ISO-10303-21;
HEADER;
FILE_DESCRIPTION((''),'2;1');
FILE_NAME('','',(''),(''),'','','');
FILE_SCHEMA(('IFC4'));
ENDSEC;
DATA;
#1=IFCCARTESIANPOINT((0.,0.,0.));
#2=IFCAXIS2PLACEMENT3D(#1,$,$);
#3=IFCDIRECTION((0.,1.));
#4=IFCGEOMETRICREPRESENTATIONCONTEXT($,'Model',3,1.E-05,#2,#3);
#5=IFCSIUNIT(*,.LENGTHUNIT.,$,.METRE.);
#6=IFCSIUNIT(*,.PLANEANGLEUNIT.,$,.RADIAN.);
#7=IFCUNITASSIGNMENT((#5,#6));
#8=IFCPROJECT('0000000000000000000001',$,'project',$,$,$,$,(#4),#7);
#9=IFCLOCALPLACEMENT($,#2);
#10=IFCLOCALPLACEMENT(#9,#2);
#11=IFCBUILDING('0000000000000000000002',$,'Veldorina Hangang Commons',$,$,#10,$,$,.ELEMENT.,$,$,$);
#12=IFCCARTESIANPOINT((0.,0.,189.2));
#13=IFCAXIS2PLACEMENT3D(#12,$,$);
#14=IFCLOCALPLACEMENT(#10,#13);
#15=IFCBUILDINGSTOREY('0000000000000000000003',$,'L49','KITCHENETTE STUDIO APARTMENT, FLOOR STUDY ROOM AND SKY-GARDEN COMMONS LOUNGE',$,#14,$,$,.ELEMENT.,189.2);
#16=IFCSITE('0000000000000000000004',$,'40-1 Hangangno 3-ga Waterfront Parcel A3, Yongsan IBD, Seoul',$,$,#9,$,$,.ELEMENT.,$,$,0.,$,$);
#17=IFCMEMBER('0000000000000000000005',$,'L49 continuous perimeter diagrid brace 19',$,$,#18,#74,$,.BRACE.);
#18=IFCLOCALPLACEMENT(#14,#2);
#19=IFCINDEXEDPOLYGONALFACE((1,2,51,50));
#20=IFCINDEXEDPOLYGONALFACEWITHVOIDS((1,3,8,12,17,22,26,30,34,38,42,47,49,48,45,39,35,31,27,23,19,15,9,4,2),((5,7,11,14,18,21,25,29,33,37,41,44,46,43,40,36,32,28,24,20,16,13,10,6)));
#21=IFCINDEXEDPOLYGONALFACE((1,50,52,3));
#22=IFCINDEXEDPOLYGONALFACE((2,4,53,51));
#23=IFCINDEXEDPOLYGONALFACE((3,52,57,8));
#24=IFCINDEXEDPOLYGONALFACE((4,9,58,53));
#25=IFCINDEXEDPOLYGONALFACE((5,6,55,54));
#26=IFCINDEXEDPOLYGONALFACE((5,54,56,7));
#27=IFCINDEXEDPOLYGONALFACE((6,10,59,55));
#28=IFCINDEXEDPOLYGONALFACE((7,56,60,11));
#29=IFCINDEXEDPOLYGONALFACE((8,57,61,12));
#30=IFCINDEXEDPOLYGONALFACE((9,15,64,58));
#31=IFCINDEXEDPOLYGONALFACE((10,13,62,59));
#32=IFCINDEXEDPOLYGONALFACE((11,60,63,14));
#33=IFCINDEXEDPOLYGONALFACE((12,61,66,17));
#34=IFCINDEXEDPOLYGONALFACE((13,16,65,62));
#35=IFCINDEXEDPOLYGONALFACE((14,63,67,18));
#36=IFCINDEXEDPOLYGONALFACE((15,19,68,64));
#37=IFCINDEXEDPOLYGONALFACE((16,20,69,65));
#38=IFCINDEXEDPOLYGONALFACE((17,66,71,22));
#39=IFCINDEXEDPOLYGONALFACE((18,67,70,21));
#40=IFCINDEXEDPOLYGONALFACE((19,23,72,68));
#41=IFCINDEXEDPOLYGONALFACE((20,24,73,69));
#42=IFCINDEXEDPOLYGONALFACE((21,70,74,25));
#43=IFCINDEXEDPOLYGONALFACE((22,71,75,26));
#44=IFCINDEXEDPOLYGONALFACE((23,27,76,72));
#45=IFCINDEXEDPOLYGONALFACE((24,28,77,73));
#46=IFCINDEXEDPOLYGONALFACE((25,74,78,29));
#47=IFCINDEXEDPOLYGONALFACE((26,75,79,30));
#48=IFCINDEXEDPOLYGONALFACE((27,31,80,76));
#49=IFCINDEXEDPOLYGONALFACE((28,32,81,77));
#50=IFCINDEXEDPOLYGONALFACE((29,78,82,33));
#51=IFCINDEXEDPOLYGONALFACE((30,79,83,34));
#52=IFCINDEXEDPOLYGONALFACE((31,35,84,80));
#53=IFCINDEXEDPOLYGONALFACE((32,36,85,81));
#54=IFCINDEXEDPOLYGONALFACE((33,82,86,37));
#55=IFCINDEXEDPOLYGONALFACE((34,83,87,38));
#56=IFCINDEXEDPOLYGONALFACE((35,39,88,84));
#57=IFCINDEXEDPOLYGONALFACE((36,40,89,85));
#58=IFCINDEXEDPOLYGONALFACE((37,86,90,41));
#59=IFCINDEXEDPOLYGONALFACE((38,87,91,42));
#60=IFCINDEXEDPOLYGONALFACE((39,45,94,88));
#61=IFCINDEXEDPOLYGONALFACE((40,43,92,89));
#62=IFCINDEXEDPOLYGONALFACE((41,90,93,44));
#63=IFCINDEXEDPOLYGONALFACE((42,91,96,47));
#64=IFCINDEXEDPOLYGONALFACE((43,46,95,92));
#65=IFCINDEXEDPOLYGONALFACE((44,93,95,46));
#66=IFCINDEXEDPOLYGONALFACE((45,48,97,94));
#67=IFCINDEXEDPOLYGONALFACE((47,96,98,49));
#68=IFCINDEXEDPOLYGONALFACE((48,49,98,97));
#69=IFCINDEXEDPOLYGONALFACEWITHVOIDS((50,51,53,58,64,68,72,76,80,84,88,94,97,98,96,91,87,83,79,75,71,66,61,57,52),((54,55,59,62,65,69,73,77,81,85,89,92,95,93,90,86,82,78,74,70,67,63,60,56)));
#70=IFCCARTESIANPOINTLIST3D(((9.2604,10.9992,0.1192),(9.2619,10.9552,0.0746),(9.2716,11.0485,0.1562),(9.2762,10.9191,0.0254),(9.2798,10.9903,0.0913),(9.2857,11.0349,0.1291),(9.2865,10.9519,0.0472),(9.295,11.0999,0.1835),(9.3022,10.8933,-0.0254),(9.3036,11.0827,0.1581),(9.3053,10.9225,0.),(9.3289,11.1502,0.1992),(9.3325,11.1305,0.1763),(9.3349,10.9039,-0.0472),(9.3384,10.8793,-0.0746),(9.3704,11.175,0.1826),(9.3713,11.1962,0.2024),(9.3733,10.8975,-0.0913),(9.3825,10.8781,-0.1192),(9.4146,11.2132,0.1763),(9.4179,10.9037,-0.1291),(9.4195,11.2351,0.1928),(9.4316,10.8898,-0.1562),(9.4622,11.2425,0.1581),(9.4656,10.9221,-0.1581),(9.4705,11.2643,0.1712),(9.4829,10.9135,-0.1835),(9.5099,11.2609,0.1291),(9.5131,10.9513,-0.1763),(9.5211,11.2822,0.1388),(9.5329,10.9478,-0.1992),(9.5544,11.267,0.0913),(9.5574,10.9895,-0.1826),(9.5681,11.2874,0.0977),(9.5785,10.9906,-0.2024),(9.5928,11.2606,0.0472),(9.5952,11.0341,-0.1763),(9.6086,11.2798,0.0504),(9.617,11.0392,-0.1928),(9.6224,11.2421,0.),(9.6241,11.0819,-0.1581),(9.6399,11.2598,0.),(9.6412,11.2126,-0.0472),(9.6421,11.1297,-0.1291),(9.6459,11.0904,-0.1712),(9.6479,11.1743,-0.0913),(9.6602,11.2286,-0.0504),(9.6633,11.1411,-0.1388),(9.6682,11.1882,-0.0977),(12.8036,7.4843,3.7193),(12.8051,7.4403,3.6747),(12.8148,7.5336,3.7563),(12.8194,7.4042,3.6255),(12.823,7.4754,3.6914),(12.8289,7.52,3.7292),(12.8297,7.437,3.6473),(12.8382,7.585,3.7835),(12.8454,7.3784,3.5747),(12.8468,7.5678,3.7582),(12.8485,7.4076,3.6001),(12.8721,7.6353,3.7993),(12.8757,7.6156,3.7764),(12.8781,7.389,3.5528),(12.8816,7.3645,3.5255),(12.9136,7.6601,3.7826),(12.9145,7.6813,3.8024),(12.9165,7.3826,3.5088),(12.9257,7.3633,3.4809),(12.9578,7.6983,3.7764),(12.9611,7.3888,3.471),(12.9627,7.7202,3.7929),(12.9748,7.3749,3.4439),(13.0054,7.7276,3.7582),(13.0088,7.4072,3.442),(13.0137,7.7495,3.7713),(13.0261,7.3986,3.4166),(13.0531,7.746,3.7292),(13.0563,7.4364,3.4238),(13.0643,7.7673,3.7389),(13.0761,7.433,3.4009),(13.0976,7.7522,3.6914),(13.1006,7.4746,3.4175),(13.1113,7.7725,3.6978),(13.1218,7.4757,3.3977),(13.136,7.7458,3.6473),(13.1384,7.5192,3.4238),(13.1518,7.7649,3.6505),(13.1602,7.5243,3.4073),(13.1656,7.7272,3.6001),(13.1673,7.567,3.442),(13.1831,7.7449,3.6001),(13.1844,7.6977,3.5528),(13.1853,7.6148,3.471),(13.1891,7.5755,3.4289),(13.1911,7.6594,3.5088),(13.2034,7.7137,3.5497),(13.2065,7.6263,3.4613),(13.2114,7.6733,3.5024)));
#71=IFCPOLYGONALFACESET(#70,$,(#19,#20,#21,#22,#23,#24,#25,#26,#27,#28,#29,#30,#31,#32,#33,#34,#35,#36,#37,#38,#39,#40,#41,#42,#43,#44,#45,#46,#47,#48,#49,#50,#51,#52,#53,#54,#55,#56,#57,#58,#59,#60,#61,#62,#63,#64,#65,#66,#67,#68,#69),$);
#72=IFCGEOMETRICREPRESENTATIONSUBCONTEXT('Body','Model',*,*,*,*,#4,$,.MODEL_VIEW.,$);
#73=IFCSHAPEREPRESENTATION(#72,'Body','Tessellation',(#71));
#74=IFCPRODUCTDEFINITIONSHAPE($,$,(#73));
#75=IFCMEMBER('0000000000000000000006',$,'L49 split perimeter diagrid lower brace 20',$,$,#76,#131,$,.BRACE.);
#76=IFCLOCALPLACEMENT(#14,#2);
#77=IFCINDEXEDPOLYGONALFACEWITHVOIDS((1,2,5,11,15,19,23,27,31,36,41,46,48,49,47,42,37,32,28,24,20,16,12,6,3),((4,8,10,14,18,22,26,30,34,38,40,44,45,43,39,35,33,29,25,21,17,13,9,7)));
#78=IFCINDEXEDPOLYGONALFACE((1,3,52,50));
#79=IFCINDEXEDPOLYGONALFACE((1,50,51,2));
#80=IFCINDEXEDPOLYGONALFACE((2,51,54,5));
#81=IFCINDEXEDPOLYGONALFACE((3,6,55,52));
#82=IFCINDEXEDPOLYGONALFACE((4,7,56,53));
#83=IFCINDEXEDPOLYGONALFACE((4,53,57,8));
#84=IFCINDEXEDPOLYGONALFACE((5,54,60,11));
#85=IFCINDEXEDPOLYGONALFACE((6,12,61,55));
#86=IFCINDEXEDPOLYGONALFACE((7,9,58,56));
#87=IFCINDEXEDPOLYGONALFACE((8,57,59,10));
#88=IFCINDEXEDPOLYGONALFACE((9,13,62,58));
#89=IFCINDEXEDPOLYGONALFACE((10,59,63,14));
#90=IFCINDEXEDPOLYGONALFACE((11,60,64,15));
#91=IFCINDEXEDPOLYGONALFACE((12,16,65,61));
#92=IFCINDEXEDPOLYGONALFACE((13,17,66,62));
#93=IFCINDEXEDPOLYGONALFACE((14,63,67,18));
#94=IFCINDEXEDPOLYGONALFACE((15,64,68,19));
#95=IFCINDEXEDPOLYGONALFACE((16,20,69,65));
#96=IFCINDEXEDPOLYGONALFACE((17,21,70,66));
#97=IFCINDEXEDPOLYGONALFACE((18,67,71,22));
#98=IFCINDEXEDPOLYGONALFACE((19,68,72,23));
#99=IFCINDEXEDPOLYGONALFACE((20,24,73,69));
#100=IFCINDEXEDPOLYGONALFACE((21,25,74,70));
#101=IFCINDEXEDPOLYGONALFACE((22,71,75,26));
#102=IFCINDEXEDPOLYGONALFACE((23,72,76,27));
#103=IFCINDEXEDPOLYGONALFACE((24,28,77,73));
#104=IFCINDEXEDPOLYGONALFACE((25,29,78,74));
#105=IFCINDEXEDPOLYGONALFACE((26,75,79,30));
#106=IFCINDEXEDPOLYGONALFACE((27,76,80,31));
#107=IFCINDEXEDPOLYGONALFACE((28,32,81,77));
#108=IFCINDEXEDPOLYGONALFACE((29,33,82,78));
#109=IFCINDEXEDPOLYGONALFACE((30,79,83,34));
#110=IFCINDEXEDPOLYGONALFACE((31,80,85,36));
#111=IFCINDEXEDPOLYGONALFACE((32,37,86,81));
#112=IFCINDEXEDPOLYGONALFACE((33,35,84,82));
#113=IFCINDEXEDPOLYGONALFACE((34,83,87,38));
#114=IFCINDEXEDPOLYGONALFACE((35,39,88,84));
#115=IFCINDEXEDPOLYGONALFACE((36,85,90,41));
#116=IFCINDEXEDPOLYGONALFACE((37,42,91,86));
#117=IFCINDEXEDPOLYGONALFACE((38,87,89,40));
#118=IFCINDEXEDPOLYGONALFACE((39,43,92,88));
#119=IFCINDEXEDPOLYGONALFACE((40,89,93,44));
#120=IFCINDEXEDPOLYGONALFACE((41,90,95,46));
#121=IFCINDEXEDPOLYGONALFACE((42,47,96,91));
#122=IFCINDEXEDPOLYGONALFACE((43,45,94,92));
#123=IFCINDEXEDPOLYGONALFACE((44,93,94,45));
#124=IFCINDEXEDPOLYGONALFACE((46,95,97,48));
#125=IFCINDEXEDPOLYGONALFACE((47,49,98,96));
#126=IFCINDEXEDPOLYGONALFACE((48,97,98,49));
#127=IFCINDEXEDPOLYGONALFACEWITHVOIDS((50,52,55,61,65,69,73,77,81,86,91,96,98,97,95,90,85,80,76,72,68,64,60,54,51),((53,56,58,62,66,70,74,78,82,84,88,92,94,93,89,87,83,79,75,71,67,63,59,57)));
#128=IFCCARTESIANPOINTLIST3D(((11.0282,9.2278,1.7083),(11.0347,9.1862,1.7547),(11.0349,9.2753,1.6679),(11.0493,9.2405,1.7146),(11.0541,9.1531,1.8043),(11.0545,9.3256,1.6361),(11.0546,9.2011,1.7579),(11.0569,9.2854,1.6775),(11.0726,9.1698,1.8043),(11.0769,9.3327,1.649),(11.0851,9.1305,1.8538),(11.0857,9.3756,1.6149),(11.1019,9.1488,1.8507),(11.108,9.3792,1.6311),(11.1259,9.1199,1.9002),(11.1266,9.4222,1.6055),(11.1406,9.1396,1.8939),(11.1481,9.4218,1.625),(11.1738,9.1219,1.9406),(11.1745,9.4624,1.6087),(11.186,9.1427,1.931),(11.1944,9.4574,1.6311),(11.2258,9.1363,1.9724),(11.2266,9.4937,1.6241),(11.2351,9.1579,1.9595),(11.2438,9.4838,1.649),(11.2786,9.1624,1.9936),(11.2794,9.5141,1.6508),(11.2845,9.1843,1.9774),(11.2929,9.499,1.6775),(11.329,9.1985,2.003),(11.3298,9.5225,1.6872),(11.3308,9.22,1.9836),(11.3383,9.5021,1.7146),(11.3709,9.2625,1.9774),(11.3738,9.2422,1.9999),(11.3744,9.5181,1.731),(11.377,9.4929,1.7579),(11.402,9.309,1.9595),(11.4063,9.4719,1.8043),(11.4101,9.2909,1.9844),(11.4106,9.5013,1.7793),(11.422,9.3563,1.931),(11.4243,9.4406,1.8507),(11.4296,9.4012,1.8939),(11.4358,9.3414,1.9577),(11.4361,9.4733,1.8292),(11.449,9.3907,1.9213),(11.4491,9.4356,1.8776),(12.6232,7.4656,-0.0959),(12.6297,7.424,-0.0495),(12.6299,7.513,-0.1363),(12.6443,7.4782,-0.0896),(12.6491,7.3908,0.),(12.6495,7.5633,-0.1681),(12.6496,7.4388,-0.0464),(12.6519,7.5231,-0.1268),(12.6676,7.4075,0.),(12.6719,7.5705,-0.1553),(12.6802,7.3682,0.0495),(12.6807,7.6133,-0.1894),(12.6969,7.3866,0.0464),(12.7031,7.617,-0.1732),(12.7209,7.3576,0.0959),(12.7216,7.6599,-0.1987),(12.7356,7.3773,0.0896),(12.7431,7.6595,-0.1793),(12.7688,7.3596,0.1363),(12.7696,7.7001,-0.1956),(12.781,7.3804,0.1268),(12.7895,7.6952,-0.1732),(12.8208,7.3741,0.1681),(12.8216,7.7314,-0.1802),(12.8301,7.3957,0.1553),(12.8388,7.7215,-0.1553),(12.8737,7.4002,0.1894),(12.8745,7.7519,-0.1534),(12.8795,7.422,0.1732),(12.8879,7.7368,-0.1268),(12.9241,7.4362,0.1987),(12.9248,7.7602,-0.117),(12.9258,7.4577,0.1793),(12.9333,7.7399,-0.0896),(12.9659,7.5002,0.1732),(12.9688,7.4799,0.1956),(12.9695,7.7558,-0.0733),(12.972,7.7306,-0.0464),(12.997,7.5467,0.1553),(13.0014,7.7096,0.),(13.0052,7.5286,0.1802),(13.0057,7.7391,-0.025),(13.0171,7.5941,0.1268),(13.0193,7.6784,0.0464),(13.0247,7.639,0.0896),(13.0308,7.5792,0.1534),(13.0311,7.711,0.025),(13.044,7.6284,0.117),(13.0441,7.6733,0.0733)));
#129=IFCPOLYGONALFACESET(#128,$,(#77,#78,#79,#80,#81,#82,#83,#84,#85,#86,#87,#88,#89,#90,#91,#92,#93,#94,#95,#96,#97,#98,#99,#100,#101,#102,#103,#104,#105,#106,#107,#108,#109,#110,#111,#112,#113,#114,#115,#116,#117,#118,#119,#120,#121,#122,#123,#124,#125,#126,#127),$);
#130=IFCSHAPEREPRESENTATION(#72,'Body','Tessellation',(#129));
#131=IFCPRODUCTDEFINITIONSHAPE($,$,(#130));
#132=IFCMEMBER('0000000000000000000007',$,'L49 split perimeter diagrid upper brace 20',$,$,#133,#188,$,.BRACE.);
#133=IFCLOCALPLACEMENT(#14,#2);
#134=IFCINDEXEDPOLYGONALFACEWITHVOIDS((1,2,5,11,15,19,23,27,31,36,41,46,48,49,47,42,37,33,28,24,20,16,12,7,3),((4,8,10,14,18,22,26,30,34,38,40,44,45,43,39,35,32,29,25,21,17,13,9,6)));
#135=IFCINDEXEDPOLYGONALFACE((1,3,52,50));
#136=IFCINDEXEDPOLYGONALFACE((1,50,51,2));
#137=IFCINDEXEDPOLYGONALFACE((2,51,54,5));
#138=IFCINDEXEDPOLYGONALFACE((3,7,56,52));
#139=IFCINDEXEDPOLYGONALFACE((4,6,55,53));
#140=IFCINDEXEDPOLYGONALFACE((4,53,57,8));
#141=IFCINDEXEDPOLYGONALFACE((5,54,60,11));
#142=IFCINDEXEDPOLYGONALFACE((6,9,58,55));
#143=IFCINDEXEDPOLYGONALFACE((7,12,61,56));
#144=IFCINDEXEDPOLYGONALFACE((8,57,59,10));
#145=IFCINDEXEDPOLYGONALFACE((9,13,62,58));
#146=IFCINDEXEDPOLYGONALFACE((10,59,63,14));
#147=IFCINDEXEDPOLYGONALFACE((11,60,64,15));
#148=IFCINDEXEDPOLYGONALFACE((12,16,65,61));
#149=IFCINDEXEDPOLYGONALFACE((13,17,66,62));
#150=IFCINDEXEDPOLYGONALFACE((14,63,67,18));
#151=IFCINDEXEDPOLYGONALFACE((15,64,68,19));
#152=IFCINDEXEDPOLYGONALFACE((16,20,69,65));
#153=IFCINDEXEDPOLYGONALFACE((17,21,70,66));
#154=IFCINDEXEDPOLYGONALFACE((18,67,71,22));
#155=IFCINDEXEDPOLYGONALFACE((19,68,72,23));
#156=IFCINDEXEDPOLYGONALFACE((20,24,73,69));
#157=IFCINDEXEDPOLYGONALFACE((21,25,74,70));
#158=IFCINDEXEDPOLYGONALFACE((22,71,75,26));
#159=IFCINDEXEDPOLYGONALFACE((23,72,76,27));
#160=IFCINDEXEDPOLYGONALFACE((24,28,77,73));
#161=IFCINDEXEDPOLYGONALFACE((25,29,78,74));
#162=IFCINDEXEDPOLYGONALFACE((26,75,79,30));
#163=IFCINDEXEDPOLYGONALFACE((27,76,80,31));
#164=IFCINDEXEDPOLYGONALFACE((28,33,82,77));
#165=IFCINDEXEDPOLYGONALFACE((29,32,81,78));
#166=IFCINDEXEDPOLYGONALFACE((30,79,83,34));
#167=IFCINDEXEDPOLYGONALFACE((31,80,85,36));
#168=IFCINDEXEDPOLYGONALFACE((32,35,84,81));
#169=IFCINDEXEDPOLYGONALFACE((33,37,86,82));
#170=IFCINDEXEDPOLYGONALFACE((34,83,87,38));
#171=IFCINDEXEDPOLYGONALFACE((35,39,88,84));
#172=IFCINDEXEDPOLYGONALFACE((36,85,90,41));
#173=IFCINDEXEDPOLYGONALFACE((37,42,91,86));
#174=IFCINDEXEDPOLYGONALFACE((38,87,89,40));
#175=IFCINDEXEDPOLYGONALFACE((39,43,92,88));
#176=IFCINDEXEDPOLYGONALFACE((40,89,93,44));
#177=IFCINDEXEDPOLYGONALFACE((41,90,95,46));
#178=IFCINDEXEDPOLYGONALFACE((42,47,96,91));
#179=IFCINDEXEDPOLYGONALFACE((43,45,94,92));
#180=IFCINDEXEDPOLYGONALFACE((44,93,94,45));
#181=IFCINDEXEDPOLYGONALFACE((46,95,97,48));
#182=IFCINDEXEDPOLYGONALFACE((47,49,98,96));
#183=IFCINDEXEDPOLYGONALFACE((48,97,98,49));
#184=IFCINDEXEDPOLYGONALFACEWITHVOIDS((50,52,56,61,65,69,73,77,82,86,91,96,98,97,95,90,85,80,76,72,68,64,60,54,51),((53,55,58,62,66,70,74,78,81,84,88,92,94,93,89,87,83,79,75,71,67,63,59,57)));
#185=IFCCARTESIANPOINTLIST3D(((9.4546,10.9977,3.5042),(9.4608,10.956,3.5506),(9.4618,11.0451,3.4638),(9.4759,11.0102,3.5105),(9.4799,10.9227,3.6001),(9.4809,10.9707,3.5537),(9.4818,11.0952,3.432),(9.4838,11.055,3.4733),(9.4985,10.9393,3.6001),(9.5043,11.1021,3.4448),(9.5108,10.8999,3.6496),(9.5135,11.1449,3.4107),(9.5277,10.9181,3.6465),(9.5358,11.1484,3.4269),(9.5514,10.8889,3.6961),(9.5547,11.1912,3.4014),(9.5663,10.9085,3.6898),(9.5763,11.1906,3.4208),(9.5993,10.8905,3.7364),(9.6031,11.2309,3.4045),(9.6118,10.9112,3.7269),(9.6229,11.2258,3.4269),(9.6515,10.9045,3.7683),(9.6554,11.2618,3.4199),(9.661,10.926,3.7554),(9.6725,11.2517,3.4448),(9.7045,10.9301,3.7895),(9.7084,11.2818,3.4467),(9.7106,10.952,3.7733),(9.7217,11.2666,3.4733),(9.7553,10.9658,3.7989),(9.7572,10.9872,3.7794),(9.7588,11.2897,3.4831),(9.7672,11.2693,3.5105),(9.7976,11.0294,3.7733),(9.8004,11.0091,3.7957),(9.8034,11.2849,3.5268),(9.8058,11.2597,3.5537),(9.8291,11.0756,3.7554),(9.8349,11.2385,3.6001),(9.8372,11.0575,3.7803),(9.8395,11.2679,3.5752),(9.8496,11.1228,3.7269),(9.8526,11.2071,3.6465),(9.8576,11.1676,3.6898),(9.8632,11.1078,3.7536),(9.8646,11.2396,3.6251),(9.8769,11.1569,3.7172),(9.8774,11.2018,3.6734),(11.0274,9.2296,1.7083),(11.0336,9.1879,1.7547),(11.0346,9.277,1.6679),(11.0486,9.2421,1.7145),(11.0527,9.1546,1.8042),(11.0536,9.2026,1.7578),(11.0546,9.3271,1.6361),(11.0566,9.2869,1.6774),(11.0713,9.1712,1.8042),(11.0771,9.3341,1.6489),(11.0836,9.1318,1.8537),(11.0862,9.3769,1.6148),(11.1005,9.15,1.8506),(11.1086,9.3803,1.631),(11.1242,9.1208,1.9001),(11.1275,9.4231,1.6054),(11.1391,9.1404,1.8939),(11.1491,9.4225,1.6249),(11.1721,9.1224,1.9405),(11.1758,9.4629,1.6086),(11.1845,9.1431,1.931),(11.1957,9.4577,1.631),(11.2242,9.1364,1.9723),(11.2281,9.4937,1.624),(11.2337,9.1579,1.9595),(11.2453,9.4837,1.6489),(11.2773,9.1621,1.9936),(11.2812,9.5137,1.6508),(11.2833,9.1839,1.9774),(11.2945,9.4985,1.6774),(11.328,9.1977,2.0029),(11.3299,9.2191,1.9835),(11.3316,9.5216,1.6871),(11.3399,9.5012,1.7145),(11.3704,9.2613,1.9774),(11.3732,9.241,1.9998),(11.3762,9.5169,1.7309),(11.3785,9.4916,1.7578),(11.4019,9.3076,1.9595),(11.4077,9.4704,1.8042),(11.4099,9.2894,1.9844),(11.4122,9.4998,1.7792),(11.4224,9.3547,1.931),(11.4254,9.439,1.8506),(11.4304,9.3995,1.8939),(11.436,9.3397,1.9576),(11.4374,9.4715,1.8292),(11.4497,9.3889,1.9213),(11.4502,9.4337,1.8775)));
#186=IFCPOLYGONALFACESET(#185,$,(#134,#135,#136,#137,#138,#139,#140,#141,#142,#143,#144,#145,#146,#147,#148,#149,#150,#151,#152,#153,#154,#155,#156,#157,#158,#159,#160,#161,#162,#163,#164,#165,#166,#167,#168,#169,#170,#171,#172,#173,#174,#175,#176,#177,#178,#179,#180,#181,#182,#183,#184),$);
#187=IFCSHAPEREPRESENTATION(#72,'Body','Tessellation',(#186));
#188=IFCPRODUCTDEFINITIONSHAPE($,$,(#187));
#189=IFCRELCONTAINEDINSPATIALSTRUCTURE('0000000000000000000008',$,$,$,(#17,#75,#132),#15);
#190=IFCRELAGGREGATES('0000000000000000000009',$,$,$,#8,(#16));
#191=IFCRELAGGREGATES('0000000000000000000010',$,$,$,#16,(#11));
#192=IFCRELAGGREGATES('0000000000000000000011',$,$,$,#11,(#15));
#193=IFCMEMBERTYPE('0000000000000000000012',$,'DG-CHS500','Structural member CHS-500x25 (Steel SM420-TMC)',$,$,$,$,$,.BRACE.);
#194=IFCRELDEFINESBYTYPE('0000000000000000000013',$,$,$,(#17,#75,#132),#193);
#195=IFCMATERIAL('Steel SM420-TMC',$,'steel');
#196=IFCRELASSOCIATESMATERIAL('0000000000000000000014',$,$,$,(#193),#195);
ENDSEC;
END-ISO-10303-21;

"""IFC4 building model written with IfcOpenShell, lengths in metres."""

from ifc_helpers import new_model, si_unit, direction, frame, origin, origin_2d, place, context, subcontext, project, spatial, hollow_circle, extrude, material, material_profile, profile_set, type_object, element, save


model = new_model("IFC4")

# Units and contexts
model_context = context("Model", 3, precision=1e-05, world=origin(), true_north=direction((0.0, 1.0)))
body_context = subcontext(model_context, "Body", "Model", "MODEL_VIEW")
ifc_project = project(units=[si_unit("LENGTHUNIT", "METRE"), si_unit("PLANEANGLEUNIT", "RADIAN")], contexts=[model_context])

# Site, building, storey
site_placement = place(None, origin())
site = spatial("IfcSite", under=ifc_project, at=site_placement, Name="40-1 Hangangno 3-ga Waterfront Parcel A3, Yongsan IBD, Seoul", CompositionType="ELEMENT", RefElevation=0.0)
building_placement = place(site_placement, origin())
building = spatial("IfcBuilding", under=site, at=building_placement, Name="Veldorina Hangang Commons", CompositionType="ELEMENT")
storey_placement = place(building_placement, frame((0.0, 0.0, 189.2)))
storey = spatial("IfcBuildingStorey", under=building, at=storey_placement, Name="L49", Description="KITCHENETTE STUDIO APARTMENT, FLOOR STUDY ROOM AND SKY-GARDEN COMMONS LOUNGE", CompositionType="ELEMENT", Elevation=189.2)

# Shared definitions
ifc_material_1 = material(Name="Steel SM420-TMC", Category="steel")

# Members
ifc_material_profile_1 = material_profile(ifc_material_1, hollow_circle(Radius=0.25, WallThickness=0.0249, at=origin_2d()), Name="CHS-500x25")
ifc_profile_set_1 = profile_set([ifc_material_profile_1], Name="Steel SM420-TMC")
member_type = type_object("IfcMemberType", Name="DG-CHS500", Description="Structural member CHS-500x25 (Steel SM420-TMC)", PredefinedType="BRACE", material=ifc_profile_set_1)
member_1_placement = place(storey_placement, frame((9.4639, 11.0823, 0.0), z_axis=(0.575774, -0.571172, 0.585018), x_axis=(0.704264, 0.709938, 0.0)))
element("IfcMember", 1, at=member_1_placement, inside=storey, type_object=member_type, Name="L49 continuous perimeter diagrid brace 19", PredefinedType="BRACE", context=body_context, shape_type="SweptSolid", body=[
    extrude(hollow_circle(Radius=0.25, WallThickness=0.0249, at=origin_2d()), origin(), (0.0, 0.0, 1.0), 6.1538),
])
member_2_placement = place(storey_placement, frame((12.8345, 7.5586, 0.0), z_axis=(-0.534502, 0.590546, 0.604618), x_axis=(-0.741412, -0.67105, 0.0)))
element("IfcMember", 2, at=member_2_placement, inside=storey, type_object=member_type, Name="L49 split perimeter diagrid lower brace 20", PredefinedType="BRACE", context=body_context, shape_type="SweptSolid", body=[
    extrude(hollow_circle(Radius=0.25, WallThickness=0.0249, at=origin_2d()), origin(), (0.0, 0.0, 1.0), 2.9841),
])
member_3_placement = place(storey_placement, frame((11.2395, 9.3208, 1.8042), z_axis=(-0.529428, 0.595175, 0.604544), x_axis=(-0.74717, -0.664633, 0.0)))
element("IfcMember", 3, at=member_3_placement, inside=storey, type_object=member_type, Name="L49 split perimeter diagrid upper brace 20", PredefinedType="BRACE", context=body_context, shape_type="SweptSolid", body=[
    extrude(hollow_circle(Radius=0.25, WallThickness=0.0249, at=origin_2d()), origin(), (0.0, 0.0, 1.0), 2.9707),
])

save(model, "model.ifc")
